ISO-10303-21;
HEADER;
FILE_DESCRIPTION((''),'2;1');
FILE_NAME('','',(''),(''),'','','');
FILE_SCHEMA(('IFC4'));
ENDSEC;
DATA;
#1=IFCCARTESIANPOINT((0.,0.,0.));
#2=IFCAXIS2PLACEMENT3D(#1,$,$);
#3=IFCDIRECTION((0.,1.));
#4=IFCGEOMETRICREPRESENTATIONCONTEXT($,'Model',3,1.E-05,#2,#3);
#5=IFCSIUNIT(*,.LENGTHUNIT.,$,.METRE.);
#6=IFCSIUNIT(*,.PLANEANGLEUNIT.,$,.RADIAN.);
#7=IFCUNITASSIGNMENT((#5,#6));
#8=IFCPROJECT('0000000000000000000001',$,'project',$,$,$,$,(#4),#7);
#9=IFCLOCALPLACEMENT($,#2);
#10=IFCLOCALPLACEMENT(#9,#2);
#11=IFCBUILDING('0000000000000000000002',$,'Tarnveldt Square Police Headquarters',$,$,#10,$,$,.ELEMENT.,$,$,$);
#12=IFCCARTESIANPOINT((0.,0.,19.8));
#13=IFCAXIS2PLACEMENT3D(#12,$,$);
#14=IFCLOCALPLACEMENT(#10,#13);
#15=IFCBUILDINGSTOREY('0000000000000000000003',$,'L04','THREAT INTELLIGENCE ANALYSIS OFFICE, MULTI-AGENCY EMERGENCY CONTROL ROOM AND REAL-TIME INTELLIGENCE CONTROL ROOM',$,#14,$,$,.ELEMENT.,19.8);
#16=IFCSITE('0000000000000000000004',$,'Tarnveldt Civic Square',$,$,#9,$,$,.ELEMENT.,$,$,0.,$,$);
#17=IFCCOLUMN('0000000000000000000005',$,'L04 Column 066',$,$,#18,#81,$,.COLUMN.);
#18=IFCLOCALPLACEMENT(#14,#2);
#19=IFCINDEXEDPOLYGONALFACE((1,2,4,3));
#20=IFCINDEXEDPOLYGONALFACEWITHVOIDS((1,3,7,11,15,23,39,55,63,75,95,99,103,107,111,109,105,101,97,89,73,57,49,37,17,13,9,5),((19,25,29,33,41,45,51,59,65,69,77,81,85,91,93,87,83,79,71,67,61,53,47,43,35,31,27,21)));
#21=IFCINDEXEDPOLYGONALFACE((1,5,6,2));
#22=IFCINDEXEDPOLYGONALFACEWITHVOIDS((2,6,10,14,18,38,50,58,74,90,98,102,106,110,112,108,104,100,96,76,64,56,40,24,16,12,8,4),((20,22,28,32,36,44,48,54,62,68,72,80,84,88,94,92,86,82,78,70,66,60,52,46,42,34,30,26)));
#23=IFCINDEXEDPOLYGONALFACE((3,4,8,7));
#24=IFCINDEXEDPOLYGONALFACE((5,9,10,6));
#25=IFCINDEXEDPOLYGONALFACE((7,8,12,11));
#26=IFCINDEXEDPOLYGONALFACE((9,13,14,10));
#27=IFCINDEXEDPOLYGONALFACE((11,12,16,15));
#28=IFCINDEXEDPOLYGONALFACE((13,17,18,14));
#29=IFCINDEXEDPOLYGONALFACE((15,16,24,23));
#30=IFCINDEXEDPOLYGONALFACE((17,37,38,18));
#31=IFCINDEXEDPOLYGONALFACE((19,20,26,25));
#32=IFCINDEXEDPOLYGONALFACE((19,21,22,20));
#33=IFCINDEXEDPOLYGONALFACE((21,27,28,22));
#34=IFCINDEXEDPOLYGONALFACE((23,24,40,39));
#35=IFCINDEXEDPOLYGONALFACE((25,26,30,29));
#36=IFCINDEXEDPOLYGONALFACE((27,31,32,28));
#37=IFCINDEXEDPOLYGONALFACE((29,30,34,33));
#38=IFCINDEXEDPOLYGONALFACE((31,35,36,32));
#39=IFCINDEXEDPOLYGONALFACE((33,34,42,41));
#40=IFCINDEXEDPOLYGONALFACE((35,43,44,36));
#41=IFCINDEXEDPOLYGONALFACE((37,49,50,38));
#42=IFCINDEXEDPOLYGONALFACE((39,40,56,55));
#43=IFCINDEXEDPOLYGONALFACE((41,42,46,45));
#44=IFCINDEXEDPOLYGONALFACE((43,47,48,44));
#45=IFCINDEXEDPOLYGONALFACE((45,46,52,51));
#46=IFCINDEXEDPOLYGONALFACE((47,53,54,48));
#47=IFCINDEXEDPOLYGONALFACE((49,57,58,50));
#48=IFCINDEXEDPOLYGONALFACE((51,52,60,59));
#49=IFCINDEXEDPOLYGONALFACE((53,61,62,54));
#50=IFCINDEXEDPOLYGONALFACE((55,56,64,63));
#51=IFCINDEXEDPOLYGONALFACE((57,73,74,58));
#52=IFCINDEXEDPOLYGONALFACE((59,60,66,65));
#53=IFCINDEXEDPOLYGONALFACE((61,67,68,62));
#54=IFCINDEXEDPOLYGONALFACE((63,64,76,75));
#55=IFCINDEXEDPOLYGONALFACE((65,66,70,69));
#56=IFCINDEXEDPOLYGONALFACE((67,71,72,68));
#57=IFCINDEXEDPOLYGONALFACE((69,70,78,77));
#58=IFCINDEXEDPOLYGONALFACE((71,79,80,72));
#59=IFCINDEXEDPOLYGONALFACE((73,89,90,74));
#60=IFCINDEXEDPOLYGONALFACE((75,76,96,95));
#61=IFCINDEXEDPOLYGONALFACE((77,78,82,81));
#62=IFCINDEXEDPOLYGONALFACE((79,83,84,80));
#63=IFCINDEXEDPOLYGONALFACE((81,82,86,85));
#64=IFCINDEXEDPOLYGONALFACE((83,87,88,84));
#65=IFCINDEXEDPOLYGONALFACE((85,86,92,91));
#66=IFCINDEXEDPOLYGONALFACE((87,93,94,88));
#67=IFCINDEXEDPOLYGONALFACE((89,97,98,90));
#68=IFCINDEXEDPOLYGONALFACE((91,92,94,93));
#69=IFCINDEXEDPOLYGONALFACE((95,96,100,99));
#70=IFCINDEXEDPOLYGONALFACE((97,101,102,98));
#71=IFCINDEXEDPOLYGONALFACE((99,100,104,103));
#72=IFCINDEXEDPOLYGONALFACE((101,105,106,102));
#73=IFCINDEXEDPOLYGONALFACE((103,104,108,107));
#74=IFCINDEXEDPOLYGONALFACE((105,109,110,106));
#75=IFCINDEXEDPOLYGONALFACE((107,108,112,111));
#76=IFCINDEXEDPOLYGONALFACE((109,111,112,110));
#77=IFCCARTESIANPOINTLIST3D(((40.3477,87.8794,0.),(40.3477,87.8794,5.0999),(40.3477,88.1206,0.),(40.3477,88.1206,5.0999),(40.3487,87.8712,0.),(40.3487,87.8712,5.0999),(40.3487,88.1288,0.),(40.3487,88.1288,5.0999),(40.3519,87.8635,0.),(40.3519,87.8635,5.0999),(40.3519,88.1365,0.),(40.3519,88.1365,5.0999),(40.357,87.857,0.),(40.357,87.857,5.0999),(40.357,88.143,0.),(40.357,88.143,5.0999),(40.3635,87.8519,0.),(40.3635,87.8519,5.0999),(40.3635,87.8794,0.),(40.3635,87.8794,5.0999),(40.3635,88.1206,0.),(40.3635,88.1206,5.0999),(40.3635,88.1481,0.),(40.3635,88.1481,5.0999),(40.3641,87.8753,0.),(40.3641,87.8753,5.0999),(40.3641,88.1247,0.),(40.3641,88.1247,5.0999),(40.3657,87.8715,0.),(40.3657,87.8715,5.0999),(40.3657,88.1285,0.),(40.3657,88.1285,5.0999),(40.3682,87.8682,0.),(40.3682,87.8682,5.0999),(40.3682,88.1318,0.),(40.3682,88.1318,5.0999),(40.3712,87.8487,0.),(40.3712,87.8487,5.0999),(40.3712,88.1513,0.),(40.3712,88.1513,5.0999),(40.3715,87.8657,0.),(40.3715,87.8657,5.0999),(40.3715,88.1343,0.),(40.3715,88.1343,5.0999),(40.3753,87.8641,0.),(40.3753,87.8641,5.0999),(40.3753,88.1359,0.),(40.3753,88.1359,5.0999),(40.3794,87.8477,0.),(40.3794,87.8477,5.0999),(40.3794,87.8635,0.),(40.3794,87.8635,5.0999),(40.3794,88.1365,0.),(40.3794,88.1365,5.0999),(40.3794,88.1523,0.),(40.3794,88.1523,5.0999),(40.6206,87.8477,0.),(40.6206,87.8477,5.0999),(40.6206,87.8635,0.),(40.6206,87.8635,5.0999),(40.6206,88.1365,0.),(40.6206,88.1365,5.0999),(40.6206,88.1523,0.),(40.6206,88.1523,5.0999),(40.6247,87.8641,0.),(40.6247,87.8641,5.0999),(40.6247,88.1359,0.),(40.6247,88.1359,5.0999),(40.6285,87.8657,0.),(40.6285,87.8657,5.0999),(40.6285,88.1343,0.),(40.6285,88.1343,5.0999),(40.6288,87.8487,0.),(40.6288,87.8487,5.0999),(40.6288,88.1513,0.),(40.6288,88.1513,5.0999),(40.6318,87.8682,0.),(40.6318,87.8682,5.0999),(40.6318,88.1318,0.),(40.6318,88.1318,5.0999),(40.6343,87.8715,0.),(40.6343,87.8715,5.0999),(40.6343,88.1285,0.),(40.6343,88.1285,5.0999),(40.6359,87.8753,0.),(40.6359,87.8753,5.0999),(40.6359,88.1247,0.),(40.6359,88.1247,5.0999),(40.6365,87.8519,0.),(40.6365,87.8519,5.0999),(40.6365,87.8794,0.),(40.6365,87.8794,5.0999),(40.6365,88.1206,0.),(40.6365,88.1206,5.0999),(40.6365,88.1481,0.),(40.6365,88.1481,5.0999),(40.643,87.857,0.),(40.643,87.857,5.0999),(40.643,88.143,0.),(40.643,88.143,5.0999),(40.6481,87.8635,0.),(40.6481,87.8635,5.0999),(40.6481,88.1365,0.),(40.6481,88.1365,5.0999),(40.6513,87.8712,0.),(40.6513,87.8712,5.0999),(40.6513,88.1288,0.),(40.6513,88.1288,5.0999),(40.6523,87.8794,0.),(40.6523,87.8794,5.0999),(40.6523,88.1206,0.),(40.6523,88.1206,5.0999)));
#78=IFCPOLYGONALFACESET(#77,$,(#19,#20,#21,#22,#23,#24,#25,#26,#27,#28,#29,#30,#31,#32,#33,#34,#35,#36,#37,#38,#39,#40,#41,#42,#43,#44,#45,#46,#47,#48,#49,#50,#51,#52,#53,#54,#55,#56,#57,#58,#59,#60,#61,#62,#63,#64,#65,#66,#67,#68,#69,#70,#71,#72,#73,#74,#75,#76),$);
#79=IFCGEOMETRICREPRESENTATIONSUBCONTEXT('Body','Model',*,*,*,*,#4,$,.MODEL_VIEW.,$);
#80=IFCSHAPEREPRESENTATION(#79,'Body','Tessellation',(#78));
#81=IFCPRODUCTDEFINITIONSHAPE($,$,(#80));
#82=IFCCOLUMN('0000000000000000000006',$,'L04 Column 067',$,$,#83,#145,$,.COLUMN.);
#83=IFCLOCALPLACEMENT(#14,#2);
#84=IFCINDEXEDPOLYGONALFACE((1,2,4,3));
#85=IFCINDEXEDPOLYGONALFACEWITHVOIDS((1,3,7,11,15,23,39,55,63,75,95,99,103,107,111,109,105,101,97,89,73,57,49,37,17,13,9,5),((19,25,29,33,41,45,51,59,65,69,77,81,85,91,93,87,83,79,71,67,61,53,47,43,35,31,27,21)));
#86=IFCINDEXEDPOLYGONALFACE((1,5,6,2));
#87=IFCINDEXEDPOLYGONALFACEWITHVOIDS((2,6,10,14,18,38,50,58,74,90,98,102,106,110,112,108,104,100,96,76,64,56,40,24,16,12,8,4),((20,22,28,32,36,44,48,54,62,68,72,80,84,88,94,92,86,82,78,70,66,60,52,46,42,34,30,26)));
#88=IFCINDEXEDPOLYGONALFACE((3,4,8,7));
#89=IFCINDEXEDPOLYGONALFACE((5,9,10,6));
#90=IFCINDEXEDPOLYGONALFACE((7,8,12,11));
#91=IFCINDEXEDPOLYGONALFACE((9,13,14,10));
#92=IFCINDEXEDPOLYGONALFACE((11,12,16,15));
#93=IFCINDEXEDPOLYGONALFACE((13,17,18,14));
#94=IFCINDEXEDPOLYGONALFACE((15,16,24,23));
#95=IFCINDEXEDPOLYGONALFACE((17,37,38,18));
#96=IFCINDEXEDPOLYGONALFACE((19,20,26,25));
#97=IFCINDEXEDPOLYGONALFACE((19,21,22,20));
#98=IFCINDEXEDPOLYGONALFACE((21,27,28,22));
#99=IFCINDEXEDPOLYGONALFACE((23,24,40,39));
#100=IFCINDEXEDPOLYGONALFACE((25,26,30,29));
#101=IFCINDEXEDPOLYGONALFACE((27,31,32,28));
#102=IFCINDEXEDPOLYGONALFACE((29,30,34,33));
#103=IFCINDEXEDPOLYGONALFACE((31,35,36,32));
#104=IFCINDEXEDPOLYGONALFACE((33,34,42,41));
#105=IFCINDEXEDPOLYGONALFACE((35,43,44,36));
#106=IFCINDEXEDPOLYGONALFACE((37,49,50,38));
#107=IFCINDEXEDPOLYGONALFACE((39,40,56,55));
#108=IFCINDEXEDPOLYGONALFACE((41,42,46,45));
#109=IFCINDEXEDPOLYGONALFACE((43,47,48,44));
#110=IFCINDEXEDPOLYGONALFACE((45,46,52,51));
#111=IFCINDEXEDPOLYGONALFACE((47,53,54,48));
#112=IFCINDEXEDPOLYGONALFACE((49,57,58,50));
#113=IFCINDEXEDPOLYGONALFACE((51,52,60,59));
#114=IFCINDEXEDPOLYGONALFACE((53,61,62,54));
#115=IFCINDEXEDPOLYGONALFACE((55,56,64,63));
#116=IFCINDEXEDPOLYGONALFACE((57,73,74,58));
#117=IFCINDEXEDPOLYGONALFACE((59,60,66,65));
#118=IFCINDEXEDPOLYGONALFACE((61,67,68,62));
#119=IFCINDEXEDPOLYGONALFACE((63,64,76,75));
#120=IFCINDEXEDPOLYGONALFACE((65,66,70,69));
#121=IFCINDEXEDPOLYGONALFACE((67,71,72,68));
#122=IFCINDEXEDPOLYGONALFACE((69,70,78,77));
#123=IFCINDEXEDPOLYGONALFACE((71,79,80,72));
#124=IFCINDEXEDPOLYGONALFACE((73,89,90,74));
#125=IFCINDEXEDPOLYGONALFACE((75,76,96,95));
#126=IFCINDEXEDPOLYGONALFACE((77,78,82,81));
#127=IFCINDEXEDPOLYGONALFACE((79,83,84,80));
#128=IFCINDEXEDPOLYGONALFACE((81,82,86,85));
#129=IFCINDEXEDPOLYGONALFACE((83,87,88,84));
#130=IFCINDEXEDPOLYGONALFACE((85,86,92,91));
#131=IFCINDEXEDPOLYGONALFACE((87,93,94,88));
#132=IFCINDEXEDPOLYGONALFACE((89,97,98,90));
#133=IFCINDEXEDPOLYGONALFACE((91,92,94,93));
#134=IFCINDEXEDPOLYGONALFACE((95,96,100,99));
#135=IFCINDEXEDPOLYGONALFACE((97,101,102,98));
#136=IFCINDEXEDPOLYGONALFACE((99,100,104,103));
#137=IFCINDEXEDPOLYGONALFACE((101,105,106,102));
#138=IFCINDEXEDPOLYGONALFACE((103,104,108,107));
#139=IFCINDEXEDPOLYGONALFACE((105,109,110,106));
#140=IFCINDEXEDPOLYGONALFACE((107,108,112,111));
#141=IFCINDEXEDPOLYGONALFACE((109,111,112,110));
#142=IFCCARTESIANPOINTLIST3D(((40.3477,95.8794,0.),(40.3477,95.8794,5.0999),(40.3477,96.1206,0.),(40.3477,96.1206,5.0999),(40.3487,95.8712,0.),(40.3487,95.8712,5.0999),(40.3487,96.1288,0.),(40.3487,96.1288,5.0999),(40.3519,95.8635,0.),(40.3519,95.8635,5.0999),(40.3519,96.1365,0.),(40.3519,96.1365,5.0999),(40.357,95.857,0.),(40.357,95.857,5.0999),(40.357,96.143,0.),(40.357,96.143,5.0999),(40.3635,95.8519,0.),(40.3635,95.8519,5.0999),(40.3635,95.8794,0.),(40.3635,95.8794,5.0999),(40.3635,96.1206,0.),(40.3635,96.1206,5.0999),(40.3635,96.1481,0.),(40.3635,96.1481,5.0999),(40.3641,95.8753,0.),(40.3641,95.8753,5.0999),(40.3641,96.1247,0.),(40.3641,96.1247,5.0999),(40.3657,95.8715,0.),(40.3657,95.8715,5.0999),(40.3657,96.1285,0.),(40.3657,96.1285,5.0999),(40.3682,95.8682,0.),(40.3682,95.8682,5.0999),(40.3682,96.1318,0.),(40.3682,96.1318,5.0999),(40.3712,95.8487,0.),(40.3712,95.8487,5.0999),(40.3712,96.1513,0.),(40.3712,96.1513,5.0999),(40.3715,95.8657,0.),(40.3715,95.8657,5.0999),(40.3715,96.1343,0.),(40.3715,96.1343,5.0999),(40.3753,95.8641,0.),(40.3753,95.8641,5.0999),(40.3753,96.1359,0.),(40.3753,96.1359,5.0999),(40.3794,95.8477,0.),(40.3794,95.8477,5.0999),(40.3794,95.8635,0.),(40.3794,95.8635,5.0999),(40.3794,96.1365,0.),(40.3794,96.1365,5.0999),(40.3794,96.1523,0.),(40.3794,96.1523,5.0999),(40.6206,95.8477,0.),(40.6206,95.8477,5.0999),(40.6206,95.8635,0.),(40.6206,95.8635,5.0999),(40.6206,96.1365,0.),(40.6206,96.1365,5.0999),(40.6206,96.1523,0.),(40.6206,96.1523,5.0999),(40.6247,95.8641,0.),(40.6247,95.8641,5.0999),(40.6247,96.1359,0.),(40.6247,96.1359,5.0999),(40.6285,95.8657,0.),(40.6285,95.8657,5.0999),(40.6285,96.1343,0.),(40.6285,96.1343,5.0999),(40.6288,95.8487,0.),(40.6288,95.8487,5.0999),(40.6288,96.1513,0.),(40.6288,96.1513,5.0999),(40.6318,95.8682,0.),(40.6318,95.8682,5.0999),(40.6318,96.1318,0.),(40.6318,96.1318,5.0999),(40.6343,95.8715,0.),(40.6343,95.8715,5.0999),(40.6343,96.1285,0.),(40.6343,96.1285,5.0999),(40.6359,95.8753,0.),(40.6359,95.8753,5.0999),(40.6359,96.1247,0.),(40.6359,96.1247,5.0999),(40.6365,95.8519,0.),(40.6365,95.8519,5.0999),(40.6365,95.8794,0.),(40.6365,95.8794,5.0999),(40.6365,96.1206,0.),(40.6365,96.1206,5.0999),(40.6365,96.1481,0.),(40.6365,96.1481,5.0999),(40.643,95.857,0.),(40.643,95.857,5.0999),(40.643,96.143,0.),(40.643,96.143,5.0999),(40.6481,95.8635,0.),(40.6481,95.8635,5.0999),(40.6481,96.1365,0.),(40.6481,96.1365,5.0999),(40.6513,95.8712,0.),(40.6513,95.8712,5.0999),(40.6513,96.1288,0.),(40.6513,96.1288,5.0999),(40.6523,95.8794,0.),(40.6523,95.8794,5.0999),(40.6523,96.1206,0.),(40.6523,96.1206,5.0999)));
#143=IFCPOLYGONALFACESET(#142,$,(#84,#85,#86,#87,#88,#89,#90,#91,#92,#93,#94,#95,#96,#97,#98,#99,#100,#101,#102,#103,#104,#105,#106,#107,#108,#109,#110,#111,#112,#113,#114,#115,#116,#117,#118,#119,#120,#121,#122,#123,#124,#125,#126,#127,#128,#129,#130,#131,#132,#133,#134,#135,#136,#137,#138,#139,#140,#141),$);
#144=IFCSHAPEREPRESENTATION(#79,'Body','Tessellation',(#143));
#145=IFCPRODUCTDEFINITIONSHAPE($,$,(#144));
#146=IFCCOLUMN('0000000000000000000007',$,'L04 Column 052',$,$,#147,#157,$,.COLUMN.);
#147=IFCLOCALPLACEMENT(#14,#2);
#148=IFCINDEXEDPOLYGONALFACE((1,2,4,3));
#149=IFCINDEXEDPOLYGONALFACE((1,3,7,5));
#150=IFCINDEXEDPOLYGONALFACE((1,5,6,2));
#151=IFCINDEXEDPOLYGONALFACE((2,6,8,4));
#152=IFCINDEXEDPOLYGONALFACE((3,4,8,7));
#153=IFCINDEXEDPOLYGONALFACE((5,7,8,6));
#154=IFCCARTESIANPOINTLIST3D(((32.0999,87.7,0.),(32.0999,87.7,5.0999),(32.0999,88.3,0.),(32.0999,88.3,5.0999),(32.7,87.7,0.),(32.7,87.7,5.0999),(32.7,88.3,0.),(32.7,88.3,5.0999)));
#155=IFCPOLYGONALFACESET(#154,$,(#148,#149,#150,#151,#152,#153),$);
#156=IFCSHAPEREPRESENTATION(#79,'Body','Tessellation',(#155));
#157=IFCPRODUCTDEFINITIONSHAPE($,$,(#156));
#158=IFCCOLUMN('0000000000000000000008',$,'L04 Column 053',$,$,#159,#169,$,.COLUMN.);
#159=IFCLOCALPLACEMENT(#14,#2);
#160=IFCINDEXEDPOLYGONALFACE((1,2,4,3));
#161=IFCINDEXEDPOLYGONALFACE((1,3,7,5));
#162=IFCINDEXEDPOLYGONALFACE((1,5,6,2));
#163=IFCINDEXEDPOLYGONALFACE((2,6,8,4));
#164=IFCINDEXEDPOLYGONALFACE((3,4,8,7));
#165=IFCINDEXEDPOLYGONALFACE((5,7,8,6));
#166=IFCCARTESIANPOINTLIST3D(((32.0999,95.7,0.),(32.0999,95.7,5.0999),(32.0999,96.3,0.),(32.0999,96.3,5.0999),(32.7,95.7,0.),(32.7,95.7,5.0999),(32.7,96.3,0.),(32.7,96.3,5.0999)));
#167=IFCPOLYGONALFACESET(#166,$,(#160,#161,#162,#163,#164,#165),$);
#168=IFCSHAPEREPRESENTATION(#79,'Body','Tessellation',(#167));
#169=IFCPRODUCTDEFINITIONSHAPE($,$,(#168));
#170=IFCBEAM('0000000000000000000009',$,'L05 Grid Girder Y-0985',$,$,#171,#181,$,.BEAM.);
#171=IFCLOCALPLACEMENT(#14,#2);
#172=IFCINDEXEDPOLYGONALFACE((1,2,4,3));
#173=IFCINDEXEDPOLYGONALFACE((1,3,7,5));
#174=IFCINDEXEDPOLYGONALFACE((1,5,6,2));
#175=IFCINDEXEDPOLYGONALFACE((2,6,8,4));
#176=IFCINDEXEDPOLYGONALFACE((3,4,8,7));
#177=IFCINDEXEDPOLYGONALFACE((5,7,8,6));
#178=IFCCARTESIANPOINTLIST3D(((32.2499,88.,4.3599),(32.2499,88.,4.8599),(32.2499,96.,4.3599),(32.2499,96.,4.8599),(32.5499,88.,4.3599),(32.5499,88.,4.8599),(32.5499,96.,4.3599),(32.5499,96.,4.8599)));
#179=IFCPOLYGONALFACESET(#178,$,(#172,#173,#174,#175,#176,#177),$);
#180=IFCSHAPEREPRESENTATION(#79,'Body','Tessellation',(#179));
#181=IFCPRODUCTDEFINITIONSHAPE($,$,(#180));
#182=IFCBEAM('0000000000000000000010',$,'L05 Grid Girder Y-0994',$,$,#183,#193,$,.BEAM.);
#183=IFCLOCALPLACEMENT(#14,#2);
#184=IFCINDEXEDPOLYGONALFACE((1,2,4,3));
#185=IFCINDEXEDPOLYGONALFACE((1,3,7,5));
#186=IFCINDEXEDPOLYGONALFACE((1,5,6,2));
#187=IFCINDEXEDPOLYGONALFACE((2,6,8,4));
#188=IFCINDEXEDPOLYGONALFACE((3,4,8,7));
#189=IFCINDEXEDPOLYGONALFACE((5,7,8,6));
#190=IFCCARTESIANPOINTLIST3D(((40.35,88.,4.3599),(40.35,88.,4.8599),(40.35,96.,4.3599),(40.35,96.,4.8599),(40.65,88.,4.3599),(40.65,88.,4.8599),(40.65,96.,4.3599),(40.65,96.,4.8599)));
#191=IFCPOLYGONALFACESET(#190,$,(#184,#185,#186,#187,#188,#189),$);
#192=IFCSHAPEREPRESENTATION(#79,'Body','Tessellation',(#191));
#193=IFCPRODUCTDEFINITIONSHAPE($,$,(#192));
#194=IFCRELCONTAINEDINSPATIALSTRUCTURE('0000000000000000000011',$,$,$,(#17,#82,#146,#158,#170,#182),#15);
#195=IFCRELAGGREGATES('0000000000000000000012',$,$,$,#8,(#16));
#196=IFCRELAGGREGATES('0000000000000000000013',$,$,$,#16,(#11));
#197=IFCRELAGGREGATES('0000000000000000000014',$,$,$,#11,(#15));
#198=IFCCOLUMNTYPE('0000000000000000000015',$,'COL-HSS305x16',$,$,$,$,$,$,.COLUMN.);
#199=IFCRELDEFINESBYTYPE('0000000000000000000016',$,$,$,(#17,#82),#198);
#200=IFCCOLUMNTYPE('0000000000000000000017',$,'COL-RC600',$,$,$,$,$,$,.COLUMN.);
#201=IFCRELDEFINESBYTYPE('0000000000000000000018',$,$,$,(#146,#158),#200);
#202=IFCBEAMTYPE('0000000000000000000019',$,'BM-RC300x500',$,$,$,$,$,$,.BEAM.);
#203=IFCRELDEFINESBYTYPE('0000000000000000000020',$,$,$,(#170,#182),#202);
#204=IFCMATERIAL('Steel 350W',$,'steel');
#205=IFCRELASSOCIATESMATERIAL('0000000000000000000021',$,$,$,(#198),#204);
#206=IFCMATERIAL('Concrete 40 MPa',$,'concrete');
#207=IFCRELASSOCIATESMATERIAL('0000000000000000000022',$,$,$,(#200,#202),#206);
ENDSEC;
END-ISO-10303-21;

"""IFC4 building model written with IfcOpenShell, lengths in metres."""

from ifc_helpers import new_model, si_unit, direction, frame, origin, origin_2d, place, context, subcontext, project, spatial, rectangle, hollow_rectangle, extrude, material, material_profile, profile_set, type_object, element, save


model = new_model("IFC4")

# Units and contexts
model_context = context("Model", 3, precision=1e-05, world=origin(), true_north=direction((0.0, 1.0)))
body_context = subcontext(model_context, "Body", "Model", "MODEL_VIEW")
ifc_project = project(units=[si_unit("LENGTHUNIT", "METRE"), si_unit("PLANEANGLEUNIT", "RADIAN")], contexts=[model_context])

# Site, building, storey
site_placement = place(None, origin())
site = spatial("IfcSite", under=ifc_project, at=site_placement, Name="Tarnveldt Civic Square", CompositionType="ELEMENT", RefElevation=0.0)
building_placement = place(site_placement, origin())
building = spatial("IfcBuilding", under=site, at=building_placement, Name="Tarnveldt Square Police Headquarters", CompositionType="ELEMENT")
storey_placement = place(building_placement, frame((0.0, 0.0, 19.8)))
storey = spatial("IfcBuildingStorey", under=building, at=storey_placement, Name="L04", Description="THREAT INTELLIGENCE ANALYSIS OFFICE, MULTI-AGENCY EMERGENCY CONTROL ROOM AND REAL-TIME INTELLIGENCE CONTROL ROOM", CompositionType="ELEMENT", Elevation=19.8)

# Columns
ifc_material_1 = material(Name="Steel 350W", Category="steel")
ifc_material_profile_1 = material_profile(ifc_material_1, hollow_rectangle(XDim=0.3047, YDim=0.3047, WallThickness=0.0159, InnerFilletRadius=0.0159, OuterFilletRadius=0.0317, at=origin_2d()), Name="HSS305x305x16")
ifc_profile_set_1 = profile_set([ifc_material_profile_1], Name="Steel 350W")
column_type_1 = type_object("IfcColumnType", Name="COL-HSS305x16", PredefinedType="COLUMN", material=ifc_profile_set_1)
for number, where, z_axis, x_axis, name in (
    (1, (40.5, 88.0, 0.0), (0.0, 0.0, 1.0), (1.0, 0.0, 0.0), "L04 Column 066"),
    (2, (40.5, 96.0, 0.0), (0.0, 0.0, 1.0), (1.0, 0.0, 0.0), "L04 Column 067"),
):
    element("IfcColumn", number, at=place(storey_placement, frame(where, z_axis=z_axis, x_axis=x_axis)), inside=storey, type_object=column_type_1, Name=name, PredefinedType="COLUMN", context=body_context, shape_type="SweptSolid", body=[
        extrude(hollow_rectangle(XDim=0.3047, YDim=0.3047, WallThickness=0.0159, InnerFilletRadius=0.0159, OuterFilletRadius=0.0317, at=origin_2d()), origin(), (0.0, 0.0, 1.0), 5.0999),
    ])
ifc_material_2 = material(Name="Concrete 40 MPa", Category="concrete")
ifc_material_profile_2 = material_profile(ifc_material_2, rectangle(XDim=0.6001, YDim=0.6001, at=origin_2d()), Name="RC-C600x600")
ifc_profile_set_2 = profile_set([ifc_material_profile_2], Name="Concrete 40 MPa")
column_type_2 = type_object("IfcColumnType", Name="COL-RC600", PredefinedType="COLUMN", material=ifc_profile_set_2)
for number, where, z_axis, x_axis, name in (
    (3, (32.3999, 88.0, 0.0), (0.0, 0.0, 1.0), (1.0, 0.0, 0.0), "L04 Column 052"),
    (4, (32.3999, 96.0, 0.0), (0.0, 0.0, 1.0), (1.0, 0.0, 0.0), "L04 Column 053"),
):
    element("IfcColumn", number, at=place(storey_placement, frame(where, z_axis=z_axis, x_axis=x_axis)), inside=storey, type_object=column_type_2, Name=name, PredefinedType="COLUMN", context=body_context, shape_type="SweptSolid", body=[
        extrude(rectangle(XDim=0.6001, YDim=0.6001, at=origin_2d()), origin(), (0.0, 0.0, 1.0), 5.0999),
    ])

# Beams
ifc_material_profile_3 = material_profile(ifc_material_2, rectangle(XDim=0.3, YDim=0.5, at=origin_2d()), Name="RC-B300x500")
ifc_profile_set_3 = profile_set([ifc_material_profile_3], Name="Concrete 40 MPa")
beam_type_1 = type_object("IfcBeamType", Name="BM-RC300x500", PredefinedType="BEAM", material=ifc_profile_set_3)
for number, where, z_axis, x_axis, name in (
    (5, (32.3999, 88.0, 4.6099), (0.0, 1.0, 0.0), (-1.0, 0.0, 0.0), "L05 Grid Girder Y-0985"),
    (6, (40.5, 88.0, 4.6099), (0.0, 1.0, 0.0), (-1.0, 0.0, 0.0), "L05 Grid Girder Y-0994"),
):
    element("IfcBeam", number, at=place(storey_placement, frame(where, z_axis=z_axis, x_axis=x_axis)), inside=storey, type_object=beam_type_1, Name=name, PredefinedType="BEAM", context=body_context, shape_type="SweptSolid", body=[
        extrude(rectangle(XDim=0.3, YDim=0.5, at=origin_2d()), origin(), (0.0, 0.0, 1.0), 8.0),
    ])

save(model, "model.ifc")
